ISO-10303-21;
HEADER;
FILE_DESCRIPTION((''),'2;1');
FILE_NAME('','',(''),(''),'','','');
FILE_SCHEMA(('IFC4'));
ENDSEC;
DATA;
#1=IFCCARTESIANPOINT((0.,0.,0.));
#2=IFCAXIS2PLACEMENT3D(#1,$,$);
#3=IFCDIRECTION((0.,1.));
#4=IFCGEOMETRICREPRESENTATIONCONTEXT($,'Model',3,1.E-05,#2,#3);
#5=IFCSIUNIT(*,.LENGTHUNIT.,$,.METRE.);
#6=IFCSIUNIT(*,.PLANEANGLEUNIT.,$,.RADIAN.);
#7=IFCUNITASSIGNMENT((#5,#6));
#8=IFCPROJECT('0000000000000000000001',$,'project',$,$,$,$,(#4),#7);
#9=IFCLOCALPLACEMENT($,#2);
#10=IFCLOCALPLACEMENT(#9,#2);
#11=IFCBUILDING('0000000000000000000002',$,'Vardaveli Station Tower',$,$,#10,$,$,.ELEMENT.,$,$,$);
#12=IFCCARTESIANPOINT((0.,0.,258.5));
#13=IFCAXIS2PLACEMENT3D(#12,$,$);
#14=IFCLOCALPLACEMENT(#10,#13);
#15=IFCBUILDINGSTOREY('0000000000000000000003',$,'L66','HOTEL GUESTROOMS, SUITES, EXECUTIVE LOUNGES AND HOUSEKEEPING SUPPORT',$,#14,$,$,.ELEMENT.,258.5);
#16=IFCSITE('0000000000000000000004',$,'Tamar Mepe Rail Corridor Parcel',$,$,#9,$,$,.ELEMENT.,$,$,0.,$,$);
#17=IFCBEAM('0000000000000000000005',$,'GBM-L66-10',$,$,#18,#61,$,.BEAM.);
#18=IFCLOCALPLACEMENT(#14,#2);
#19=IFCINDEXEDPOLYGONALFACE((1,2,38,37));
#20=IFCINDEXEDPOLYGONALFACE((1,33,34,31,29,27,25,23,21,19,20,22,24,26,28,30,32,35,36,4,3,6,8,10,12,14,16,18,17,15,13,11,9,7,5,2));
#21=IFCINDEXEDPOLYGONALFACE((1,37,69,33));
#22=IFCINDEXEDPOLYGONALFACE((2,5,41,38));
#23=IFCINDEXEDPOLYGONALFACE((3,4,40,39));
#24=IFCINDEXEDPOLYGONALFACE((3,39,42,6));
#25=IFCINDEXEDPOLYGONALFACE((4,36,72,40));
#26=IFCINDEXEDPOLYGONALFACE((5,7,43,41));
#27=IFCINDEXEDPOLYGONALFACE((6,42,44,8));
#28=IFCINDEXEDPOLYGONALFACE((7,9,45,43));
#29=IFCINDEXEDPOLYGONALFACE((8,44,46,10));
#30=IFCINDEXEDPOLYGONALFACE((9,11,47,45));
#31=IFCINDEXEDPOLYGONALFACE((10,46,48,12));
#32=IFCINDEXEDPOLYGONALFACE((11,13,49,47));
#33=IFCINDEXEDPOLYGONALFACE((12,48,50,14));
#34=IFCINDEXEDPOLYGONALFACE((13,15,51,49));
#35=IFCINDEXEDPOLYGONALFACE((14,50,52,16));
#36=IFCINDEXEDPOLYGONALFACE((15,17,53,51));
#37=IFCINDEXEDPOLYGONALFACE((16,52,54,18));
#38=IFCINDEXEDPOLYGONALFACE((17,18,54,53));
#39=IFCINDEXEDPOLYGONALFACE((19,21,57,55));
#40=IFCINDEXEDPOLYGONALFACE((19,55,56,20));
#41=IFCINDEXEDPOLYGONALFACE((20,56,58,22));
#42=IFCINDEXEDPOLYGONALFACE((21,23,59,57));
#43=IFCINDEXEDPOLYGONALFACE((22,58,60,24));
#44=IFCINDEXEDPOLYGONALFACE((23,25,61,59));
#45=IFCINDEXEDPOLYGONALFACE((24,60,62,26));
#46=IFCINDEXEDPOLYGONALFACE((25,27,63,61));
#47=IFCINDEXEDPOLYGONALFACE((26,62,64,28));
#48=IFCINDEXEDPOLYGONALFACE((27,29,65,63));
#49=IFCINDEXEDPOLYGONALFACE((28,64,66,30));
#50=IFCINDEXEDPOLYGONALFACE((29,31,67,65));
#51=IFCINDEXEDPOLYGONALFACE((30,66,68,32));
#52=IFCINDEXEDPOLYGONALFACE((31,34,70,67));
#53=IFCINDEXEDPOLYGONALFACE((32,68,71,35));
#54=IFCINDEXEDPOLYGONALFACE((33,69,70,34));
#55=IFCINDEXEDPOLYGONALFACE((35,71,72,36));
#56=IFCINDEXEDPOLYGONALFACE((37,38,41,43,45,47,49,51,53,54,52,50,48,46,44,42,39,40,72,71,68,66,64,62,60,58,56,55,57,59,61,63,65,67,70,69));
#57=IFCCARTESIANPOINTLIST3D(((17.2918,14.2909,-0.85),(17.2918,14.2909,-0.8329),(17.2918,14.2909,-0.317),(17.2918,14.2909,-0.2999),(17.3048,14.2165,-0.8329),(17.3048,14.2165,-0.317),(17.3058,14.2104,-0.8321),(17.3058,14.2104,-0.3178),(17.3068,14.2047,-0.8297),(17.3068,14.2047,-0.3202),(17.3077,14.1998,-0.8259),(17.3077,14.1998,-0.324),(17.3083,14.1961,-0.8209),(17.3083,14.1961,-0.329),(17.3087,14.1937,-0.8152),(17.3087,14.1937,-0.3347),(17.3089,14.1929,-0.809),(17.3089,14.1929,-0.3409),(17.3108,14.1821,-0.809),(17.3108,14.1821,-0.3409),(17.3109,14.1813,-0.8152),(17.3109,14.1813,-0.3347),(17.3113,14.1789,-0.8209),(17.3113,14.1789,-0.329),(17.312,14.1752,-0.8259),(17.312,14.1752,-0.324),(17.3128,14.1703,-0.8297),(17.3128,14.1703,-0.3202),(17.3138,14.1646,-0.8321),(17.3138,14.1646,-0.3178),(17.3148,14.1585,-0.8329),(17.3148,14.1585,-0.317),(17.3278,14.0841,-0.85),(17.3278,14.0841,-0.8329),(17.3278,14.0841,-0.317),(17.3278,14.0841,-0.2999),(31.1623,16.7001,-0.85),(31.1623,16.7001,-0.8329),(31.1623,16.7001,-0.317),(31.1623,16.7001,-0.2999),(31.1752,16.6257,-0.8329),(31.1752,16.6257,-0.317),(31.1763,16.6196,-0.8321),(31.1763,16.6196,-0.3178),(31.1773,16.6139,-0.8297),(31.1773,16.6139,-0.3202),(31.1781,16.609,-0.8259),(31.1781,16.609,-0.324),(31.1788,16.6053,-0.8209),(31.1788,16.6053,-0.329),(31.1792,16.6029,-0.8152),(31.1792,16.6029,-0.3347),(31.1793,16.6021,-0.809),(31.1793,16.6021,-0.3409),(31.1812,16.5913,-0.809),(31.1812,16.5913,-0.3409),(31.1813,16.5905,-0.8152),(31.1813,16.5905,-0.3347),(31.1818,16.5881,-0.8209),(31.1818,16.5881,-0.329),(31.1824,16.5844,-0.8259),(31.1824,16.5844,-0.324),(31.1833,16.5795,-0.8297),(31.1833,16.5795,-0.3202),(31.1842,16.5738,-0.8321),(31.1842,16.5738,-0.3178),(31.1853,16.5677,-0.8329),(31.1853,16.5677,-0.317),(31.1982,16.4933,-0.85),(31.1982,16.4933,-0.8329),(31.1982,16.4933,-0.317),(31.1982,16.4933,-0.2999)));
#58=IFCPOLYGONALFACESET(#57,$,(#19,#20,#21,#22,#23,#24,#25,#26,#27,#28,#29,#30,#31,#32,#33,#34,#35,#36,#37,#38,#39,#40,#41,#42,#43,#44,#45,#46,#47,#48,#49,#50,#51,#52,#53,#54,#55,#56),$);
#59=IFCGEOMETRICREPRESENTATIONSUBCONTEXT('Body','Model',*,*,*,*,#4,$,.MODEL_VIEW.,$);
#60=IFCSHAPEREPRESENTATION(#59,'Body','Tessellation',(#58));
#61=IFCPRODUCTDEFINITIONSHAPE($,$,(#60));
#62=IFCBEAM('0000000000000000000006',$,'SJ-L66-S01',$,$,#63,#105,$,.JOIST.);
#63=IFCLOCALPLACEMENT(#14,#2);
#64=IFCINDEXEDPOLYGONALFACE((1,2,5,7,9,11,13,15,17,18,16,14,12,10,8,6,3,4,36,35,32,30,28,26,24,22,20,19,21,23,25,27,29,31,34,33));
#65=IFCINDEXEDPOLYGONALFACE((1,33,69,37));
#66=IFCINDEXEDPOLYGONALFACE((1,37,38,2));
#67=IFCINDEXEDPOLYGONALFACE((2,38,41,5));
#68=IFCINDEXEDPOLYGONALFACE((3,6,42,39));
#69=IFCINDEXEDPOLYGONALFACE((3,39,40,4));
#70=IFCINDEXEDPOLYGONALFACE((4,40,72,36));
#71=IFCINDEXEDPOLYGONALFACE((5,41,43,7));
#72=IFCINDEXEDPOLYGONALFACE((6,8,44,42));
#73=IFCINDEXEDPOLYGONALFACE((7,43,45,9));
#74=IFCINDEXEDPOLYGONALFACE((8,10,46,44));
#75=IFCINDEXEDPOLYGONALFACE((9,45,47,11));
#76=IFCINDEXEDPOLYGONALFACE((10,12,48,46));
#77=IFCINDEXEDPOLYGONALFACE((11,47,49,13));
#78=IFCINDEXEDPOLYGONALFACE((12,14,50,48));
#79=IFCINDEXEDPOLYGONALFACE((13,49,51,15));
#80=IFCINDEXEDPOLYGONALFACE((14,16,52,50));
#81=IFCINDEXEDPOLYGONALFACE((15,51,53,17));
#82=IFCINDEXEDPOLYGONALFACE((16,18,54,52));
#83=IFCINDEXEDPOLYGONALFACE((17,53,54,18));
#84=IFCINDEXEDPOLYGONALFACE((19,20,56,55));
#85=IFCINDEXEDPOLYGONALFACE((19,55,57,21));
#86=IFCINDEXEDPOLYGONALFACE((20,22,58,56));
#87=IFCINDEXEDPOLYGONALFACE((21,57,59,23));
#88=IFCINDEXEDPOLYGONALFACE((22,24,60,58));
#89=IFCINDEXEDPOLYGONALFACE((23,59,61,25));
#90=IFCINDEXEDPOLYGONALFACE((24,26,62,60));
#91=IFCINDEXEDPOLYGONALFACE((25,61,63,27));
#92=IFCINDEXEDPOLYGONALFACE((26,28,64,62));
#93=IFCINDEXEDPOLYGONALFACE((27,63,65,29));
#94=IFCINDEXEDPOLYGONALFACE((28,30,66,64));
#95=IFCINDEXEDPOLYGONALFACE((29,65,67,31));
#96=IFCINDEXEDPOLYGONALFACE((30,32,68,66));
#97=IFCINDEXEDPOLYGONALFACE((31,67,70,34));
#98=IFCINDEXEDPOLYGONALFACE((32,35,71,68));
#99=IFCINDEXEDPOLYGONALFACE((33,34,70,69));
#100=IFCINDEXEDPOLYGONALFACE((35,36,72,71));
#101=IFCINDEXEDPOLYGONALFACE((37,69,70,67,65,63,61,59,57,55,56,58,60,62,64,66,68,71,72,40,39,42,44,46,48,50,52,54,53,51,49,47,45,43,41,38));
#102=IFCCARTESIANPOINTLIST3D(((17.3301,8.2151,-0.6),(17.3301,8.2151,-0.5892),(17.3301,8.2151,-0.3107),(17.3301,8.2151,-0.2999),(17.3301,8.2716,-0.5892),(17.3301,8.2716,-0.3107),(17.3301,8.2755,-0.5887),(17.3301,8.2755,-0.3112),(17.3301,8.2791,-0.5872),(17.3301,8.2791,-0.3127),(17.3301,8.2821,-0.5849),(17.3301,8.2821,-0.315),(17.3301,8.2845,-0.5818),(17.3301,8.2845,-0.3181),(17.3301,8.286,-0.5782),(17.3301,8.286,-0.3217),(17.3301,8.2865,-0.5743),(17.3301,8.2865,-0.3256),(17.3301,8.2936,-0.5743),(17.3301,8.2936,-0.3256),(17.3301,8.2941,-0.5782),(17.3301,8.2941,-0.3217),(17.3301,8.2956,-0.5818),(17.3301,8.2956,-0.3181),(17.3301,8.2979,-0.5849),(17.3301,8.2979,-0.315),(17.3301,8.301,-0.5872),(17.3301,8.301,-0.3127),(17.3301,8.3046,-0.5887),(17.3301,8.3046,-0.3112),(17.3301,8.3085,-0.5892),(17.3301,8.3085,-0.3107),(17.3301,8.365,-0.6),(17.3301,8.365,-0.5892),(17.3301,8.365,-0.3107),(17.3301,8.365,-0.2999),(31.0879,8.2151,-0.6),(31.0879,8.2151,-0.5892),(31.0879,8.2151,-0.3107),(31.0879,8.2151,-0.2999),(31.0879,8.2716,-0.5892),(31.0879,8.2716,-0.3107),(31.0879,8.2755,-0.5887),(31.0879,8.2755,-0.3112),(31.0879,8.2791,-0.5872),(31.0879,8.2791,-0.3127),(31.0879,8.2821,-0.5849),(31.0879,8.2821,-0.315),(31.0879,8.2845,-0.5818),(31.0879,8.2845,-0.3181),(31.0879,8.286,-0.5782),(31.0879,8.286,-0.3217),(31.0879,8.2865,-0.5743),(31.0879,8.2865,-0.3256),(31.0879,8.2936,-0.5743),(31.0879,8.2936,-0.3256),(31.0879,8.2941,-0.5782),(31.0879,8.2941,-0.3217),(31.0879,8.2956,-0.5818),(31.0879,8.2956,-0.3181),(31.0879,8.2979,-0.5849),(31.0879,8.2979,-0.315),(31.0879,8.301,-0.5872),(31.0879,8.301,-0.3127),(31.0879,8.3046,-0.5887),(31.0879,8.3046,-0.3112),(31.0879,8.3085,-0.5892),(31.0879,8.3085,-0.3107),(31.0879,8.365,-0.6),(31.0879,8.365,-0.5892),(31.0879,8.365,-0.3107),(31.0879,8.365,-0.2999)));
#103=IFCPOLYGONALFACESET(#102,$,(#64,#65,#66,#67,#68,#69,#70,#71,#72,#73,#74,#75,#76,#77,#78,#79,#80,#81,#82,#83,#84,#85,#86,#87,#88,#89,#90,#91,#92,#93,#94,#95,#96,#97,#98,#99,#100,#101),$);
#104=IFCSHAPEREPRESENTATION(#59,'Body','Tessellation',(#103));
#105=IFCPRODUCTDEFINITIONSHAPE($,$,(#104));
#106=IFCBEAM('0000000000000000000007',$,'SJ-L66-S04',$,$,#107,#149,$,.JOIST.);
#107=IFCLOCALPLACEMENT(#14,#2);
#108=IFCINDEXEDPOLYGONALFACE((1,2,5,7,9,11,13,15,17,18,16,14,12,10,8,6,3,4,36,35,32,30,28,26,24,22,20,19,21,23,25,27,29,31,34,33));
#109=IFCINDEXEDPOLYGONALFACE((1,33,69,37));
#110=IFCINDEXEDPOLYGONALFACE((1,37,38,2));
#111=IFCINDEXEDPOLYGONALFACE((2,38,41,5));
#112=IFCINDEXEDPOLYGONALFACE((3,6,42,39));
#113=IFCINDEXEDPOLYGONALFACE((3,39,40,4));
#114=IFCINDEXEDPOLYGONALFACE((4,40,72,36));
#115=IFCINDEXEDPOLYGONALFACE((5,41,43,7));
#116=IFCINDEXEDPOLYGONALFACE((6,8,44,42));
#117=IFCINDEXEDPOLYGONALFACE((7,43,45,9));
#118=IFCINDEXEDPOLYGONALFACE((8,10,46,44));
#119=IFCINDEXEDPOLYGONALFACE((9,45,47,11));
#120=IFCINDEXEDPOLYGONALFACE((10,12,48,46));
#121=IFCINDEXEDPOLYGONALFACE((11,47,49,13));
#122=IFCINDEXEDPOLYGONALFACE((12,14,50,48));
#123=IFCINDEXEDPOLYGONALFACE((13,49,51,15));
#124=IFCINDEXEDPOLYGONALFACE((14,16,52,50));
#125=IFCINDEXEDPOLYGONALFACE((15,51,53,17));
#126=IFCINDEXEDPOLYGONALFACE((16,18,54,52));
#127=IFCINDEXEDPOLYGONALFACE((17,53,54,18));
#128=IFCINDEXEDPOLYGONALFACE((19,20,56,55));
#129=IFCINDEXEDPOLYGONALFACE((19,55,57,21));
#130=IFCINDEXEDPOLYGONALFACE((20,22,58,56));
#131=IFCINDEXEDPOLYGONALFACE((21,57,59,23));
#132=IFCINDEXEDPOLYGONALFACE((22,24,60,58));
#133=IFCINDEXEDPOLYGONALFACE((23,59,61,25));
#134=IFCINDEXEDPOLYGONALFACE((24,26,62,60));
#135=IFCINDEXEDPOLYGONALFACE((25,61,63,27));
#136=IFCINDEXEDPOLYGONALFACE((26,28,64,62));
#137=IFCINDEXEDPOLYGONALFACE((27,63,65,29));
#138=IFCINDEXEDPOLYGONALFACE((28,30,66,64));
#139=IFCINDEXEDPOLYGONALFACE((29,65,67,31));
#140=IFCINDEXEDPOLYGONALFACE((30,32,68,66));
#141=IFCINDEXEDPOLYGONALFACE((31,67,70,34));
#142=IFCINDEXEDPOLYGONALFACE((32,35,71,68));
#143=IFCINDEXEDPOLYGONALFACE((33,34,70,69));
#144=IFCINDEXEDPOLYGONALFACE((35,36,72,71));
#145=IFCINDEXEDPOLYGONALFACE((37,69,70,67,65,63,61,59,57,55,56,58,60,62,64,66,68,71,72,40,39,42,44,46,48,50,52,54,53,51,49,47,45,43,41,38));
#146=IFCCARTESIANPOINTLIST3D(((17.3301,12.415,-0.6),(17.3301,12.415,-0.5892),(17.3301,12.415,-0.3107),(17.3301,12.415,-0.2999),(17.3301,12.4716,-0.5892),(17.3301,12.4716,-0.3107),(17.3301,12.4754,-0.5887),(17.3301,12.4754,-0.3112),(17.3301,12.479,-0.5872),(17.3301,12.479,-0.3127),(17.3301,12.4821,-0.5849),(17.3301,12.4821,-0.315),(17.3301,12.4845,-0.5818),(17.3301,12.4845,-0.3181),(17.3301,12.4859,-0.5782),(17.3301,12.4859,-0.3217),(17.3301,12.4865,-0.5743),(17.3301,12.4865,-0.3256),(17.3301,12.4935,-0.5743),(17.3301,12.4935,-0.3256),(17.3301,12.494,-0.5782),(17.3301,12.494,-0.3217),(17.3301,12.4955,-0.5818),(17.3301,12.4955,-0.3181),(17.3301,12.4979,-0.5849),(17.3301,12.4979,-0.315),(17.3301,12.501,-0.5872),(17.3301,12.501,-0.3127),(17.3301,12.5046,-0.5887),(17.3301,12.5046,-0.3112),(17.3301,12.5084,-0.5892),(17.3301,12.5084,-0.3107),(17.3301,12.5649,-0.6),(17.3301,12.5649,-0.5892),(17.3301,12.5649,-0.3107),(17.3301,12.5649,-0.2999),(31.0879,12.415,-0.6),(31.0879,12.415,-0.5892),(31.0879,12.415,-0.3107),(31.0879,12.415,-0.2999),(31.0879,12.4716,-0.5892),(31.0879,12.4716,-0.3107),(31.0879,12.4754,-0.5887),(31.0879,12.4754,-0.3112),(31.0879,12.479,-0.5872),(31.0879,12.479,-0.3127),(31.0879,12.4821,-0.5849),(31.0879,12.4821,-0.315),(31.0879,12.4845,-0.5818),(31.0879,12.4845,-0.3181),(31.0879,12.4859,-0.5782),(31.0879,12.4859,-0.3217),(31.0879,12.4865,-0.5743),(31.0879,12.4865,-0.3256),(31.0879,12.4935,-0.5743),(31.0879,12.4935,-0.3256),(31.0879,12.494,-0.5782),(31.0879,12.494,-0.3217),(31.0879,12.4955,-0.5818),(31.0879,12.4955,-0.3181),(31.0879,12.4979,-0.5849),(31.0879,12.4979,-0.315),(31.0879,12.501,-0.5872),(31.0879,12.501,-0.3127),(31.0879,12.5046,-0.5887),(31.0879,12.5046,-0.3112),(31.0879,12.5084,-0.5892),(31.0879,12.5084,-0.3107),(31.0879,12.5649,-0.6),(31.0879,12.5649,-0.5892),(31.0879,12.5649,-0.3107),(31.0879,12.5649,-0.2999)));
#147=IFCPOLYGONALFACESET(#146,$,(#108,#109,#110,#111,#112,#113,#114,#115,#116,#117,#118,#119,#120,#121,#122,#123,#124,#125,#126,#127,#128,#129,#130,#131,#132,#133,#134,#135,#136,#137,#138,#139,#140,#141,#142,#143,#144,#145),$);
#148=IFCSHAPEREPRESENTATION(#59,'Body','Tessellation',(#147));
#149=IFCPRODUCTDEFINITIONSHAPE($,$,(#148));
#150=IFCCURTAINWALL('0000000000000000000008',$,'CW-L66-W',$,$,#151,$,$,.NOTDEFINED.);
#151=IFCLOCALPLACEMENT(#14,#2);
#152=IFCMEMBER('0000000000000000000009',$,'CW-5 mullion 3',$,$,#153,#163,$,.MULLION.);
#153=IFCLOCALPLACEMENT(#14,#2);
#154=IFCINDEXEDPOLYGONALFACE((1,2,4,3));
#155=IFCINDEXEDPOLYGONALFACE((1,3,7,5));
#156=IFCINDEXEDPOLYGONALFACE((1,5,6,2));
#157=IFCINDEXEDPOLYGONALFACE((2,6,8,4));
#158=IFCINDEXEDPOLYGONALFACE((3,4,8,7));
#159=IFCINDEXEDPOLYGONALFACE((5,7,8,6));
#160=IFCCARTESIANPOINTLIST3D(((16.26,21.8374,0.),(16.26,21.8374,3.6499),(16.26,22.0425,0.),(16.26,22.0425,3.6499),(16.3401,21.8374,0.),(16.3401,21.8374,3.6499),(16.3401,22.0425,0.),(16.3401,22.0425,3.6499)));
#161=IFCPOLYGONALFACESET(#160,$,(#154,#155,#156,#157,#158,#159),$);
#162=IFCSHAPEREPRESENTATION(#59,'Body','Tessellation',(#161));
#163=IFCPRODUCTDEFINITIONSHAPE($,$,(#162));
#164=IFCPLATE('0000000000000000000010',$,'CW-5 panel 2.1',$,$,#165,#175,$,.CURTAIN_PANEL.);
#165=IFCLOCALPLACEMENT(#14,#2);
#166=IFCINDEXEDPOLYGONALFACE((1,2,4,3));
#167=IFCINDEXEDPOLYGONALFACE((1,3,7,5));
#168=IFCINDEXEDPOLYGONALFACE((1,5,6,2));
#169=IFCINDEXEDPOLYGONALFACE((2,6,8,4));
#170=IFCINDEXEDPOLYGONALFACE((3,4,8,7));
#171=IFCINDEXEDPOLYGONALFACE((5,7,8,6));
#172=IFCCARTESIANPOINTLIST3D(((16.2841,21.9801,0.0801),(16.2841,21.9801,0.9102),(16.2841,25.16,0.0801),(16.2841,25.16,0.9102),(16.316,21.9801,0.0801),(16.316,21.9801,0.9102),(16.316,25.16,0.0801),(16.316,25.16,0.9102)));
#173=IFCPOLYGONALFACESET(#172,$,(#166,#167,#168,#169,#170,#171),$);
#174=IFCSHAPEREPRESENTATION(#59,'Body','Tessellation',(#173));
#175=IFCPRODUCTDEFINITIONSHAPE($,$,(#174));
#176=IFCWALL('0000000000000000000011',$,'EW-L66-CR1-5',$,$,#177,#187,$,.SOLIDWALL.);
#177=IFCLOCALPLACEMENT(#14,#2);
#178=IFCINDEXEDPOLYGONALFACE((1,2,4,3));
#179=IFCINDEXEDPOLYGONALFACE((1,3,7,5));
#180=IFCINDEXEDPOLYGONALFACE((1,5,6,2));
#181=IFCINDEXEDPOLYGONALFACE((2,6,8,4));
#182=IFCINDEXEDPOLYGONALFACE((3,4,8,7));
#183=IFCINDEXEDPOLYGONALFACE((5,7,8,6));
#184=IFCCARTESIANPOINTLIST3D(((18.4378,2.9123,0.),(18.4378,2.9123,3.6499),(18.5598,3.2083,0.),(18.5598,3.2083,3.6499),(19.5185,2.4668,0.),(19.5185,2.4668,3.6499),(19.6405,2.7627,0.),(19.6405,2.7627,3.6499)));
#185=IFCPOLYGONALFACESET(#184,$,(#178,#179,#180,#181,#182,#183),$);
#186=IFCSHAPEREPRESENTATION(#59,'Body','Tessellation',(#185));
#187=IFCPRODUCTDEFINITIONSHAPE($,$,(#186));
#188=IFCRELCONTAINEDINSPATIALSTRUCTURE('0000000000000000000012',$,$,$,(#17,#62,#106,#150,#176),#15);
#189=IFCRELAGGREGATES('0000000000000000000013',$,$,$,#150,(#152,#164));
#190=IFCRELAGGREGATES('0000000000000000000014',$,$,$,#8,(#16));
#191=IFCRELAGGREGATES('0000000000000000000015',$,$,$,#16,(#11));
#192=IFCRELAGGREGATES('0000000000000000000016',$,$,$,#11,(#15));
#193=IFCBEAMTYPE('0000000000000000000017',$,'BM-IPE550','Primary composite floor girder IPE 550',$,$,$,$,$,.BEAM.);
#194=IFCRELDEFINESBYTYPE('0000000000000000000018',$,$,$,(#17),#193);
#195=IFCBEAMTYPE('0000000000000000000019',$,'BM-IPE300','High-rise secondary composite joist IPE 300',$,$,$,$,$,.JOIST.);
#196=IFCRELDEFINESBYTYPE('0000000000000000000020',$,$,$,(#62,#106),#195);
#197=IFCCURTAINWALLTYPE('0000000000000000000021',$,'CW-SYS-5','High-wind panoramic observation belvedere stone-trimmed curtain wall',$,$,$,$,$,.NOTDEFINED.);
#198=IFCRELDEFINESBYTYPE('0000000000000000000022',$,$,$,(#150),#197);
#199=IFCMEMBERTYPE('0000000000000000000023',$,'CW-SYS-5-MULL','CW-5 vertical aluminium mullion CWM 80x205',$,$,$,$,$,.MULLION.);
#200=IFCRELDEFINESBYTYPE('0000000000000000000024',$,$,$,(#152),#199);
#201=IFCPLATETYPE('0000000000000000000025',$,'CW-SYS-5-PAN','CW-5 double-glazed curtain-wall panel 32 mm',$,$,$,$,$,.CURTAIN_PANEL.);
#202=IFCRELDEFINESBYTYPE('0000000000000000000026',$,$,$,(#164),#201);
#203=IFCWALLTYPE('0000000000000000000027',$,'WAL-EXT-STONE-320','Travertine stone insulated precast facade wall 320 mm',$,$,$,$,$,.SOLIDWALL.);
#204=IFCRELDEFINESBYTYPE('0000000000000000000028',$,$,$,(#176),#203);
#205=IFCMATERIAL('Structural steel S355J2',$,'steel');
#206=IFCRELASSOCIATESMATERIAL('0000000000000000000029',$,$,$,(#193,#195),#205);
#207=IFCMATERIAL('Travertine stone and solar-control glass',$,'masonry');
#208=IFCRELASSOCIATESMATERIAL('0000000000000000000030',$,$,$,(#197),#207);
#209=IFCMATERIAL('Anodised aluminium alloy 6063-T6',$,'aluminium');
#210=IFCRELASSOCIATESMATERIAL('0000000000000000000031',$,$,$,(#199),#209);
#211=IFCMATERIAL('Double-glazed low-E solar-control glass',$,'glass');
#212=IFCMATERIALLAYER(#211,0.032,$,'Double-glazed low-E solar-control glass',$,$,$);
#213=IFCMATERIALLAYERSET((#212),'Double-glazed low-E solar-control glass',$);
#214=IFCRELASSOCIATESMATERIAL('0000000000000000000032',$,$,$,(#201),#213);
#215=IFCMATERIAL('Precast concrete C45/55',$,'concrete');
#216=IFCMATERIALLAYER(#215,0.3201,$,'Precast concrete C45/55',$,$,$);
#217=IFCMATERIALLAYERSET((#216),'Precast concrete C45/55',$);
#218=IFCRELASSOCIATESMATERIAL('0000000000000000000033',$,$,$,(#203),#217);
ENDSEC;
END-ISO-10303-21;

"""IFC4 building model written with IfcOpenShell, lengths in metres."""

from ifc_helpers import new_model, si_unit, direction, frame, frame_2d, origin, origin_2d, place, context, subcontext, project, spatial, rectangle, i_section, extrude, source, transform, mapped, material, layer, layer_set, material_profile, profile_set, type_object, element, aggregate, save


model = new_model("IFC4")

# Units and contexts
model_context = context("Model", 3, precision=1e-05, world=origin(), true_north=direction((0.0, 1.0)))
body_context = subcontext(model_context, "Body", "Model", "MODEL_VIEW")
ifc_project = project(units=[si_unit("LENGTHUNIT", "METRE"), si_unit("PLANEANGLEUNIT", "RADIAN")], contexts=[model_context])

# Site, building, storey
site_placement = place(None, origin())
site = spatial("IfcSite", under=ifc_project, at=site_placement, Name="Tamar Mepe Rail Corridor Parcel", CompositionType="ELEMENT", RefElevation=0.0)
building_placement = place(site_placement, origin())
building = spatial("IfcBuilding", under=site, at=building_placement, Name="Vardaveli Station Tower", CompositionType="ELEMENT")
storey_placement = place(building_placement, frame((0.0, 0.0, 258.5)))
storey = spatial("IfcBuildingStorey", under=building, at=storey_placement, Name="L66", Description="HOTEL GUESTROOMS, SUITES, EXECUTIVE LOUNGES AND HOUSEKEEPING SUPPORT", CompositionType="ELEMENT", Elevation=258.5)

# Beams
ifc_material_1 = material(Name="Precast concrete C45/55", Category="concrete")
ifc_material_2 = material(Name="Structural steel S355J2", Category="steel")
ifc_material_profile_1 = material_profile(ifc_material_2, i_section(OverallWidth=0.21, OverallDepth=0.55, WebThickness=0.011, FlangeThickness=0.0171, FilletRadius=0.0239, at=origin_2d()), Name="IPE 550")
ifc_profile_set_1 = profile_set([ifc_material_profile_1], Name="Structural steel S355J2")
beam_type_1 = type_object("IfcBeamType", Name="BM-IPE550", Description="Primary composite floor girder IPE 550", PredefinedType="BEAM", material=ifc_profile_set_1)
shared_shape_1 = source(origin(), body_context, "Body", "SweptSolid", [
    extrude(i_section(OverallWidth=0.21, OverallDepth=0.55, WebThickness=0.011, FlangeThickness=0.0171, FilletRadius=0.0239, at=origin_2d()), origin(), (0.0, 0.0, 1.0), 14.0781),
])
beam_1_placement = place(storey_placement, frame((17.3098, 14.1875, -0.575), z_axis=(0.985248, 0.17113, 0.0), x_axis=(-0.17113, 0.985248, 0.0)))
element("IfcBeam", 1, at=beam_1_placement, inside=storey, type_object=beam_type_1, Name="GBM-L66-10", PredefinedType="BEAM", context=body_context, shape_type="MappedRepresentation", body=[
    mapped(shared_shape_1, transform((0.0, 0.0, 0.0), scale=1.0)),
])
ifc_material_profile_2 = material_profile(ifc_material_2, i_section(OverallWidth=0.1499, OverallDepth=0.3, WebThickness=0.0071, FlangeThickness=0.0107, FilletRadius=0.0149, at=origin_2d()), Name="IPE 300")
ifc_profile_set_2 = profile_set([ifc_material_profile_2], Name="Structural steel S355J2")
beam_type_2 = type_object("IfcBeamType", Name="BM-IPE300", Description="High-rise secondary composite joist IPE 300", PredefinedType="JOIST", material=ifc_profile_set_2)
shared_shape_2 = source(origin(), body_context, "Body", "SweptSolid", [
    extrude(i_section(OverallWidth=0.1499, OverallDepth=0.3, WebThickness=0.0071, FlangeThickness=0.0107, FilletRadius=0.0149, at=origin_2d()), origin(), (0.0, 0.0, 1.0), 13.7578),
])
for number, where, z_axis, x_axis, name in (
    (2, (17.3301, 8.29, -0.45), (1.0, 0.0, 0.0), (0.0, 1.0, 0.0), "SJ-L66-S01"),
    (3, (17.3301, 12.49, -0.45), (1.0, 0.0, 0.0), (0.0, 1.0, 0.0), "SJ-L66-S04"),
):
    element("IfcBeam", number, at=place(storey_placement, frame(where, z_axis=z_axis, x_axis=x_axis)), inside=storey, type_object=beam_type_2, Name=name, PredefinedType="JOIST", context=body_context, shape_type="MappedRepresentation", body=[
        mapped(shared_shape_2, transform((0.0, 0.0, 0.0), scale=1.0)),
    ])

# Curtain wall, member, plate
ifc_material_3 = material(Name="Travertine stone and solar-control glass", Category="masonry")
curtain_wall_type = type_object("IfcCurtainWallType", Name="CW-SYS-5", Description="High-wind panoramic observation belvedere stone-trimmed curtain wall", PredefinedType="NOTDEFINED", material=ifc_material_3)
curtain_wall_placement = place(storey_placement, origin())
curtain_wall = element("IfcCurtainWall", 4, at=curtain_wall_placement, inside=storey, type_object=curtain_wall_type, Name="CW-L66-W", PredefinedType="NOTDEFINED")
ifc_material_4 = material(Name="Anodised aluminium alloy 6063-T6", Category="aluminium")
ifc_material_profile_3 = material_profile(ifc_material_4, rectangle(XDim=0.0801, YDim=0.2051, at=origin_2d()), Name="CWM 80x205")
ifc_profile_set_3 = profile_set([ifc_material_profile_3], Name="Anodised aluminium alloy 6063-T6")
member_type = type_object("IfcMemberType", Name="CW-SYS-5-MULL", Description="CW-5 vertical aluminium mullion CWM 80x205", PredefinedType="MULLION", material=ifc_profile_set_3)
shared_shape_3 = source(origin(), body_context, "Body", "SweptSolid", [
    extrude(rectangle(XDim=0.0801, YDim=0.2051, at=origin_2d()), origin(), (0.0, 0.0, 1.0), 3.6499),
])
member_placement = place(storey_placement, frame((16.3, 21.9399, 0.0), z_axis=(0.0, 0.0, 1.0), x_axis=(1.0, 0.0, 0.0)))
member = element("IfcMember", 5, at=member_placement, type_object=member_type, Name="CW-5 mullion 3", PredefinedType="MULLION", context=body_context, shape_type="MappedRepresentation", body=[
    mapped(shared_shape_3, transform((0.0, 0.0, 0.0), scale=1.0)),
])
ifc_material_5 = material(Name="Double-glazed low-E solar-control glass", Category="glass")
ifc_layer_1 = layer(ifc_material_5, 0.032, Name="Double-glazed low-E solar-control glass")
ifc_layer_set_1 = layer_set([ifc_layer_1], Name="Double-glazed low-E solar-control glass")
plate_type = type_object("IfcPlateType", Name="CW-SYS-5-PAN", Description="CW-5 double-glazed curtain-wall panel 32 mm", PredefinedType="CURTAIN_PANEL", material=ifc_layer_set_1)
shared_shape_4 = source(origin(), body_context, "Body", "SweptSolid", [
    extrude(rectangle(XDim=3.1799, YDim=0.032, at=origin_2d()), origin(), (0.0, 0.0, 1.0), 0.8301),
])
plate_placement = place(storey_placement, frame((16.3, 23.5701, 0.0801), z_axis=(0.0, 0.0, 1.0), x_axis=(0.0, -1.0, 0.0)))
plate = element("IfcPlate", 6, at=plate_placement, type_object=plate_type, Name="CW-5 panel 2.1", PredefinedType="CURTAIN_PANEL", context=body_context, shape_type="MappedRepresentation", body=[
    mapped(shared_shape_4, transform((0.0, 0.0, 0.0), scale=1.0)),
])
aggregate(curtain_wall, [member, plate])

# Wall
ifc_layer_2 = layer(ifc_material_1, 0.3201, Name="Precast concrete C45/55")
ifc_layer_set_2 = layer_set([ifc_layer_2], Name="Precast concrete C45/55")
wall_type_1 = type_object("IfcWallType", Name="WAL-EXT-STONE-320", Description="Travertine stone insulated precast facade wall 320 mm", PredefinedType="SOLIDWALL", material=ifc_layer_set_2)
shared_shape_5 = source(origin(), body_context, "Body", "SweptSolid", [
    extrude(rectangle(XDim=1.1689, YDim=0.3201, at=frame_2d((0.5845, 0.0))), origin(), (0.0, 0.0, 1.0), 3.6499),
])
wall_1_placement = place(storey_placement, frame((18.4988, 3.0603, 0.0), z_axis=(0.0, 0.0, 1.0), x_axis=(0.924522, -0.381128, 0.0)))
element("IfcWall", 7, at=wall_1_placement, inside=storey, type_object=wall_type_1, Name="EW-L66-CR1-5", PredefinedType="SOLIDWALL", context=body_context, shape_type="MappedRepresentation", body=[
    mapped(shared_shape_5, transform((0.0, 0.0, 0.0), scale=1.0)),
])

save(model, "model.ifc")
